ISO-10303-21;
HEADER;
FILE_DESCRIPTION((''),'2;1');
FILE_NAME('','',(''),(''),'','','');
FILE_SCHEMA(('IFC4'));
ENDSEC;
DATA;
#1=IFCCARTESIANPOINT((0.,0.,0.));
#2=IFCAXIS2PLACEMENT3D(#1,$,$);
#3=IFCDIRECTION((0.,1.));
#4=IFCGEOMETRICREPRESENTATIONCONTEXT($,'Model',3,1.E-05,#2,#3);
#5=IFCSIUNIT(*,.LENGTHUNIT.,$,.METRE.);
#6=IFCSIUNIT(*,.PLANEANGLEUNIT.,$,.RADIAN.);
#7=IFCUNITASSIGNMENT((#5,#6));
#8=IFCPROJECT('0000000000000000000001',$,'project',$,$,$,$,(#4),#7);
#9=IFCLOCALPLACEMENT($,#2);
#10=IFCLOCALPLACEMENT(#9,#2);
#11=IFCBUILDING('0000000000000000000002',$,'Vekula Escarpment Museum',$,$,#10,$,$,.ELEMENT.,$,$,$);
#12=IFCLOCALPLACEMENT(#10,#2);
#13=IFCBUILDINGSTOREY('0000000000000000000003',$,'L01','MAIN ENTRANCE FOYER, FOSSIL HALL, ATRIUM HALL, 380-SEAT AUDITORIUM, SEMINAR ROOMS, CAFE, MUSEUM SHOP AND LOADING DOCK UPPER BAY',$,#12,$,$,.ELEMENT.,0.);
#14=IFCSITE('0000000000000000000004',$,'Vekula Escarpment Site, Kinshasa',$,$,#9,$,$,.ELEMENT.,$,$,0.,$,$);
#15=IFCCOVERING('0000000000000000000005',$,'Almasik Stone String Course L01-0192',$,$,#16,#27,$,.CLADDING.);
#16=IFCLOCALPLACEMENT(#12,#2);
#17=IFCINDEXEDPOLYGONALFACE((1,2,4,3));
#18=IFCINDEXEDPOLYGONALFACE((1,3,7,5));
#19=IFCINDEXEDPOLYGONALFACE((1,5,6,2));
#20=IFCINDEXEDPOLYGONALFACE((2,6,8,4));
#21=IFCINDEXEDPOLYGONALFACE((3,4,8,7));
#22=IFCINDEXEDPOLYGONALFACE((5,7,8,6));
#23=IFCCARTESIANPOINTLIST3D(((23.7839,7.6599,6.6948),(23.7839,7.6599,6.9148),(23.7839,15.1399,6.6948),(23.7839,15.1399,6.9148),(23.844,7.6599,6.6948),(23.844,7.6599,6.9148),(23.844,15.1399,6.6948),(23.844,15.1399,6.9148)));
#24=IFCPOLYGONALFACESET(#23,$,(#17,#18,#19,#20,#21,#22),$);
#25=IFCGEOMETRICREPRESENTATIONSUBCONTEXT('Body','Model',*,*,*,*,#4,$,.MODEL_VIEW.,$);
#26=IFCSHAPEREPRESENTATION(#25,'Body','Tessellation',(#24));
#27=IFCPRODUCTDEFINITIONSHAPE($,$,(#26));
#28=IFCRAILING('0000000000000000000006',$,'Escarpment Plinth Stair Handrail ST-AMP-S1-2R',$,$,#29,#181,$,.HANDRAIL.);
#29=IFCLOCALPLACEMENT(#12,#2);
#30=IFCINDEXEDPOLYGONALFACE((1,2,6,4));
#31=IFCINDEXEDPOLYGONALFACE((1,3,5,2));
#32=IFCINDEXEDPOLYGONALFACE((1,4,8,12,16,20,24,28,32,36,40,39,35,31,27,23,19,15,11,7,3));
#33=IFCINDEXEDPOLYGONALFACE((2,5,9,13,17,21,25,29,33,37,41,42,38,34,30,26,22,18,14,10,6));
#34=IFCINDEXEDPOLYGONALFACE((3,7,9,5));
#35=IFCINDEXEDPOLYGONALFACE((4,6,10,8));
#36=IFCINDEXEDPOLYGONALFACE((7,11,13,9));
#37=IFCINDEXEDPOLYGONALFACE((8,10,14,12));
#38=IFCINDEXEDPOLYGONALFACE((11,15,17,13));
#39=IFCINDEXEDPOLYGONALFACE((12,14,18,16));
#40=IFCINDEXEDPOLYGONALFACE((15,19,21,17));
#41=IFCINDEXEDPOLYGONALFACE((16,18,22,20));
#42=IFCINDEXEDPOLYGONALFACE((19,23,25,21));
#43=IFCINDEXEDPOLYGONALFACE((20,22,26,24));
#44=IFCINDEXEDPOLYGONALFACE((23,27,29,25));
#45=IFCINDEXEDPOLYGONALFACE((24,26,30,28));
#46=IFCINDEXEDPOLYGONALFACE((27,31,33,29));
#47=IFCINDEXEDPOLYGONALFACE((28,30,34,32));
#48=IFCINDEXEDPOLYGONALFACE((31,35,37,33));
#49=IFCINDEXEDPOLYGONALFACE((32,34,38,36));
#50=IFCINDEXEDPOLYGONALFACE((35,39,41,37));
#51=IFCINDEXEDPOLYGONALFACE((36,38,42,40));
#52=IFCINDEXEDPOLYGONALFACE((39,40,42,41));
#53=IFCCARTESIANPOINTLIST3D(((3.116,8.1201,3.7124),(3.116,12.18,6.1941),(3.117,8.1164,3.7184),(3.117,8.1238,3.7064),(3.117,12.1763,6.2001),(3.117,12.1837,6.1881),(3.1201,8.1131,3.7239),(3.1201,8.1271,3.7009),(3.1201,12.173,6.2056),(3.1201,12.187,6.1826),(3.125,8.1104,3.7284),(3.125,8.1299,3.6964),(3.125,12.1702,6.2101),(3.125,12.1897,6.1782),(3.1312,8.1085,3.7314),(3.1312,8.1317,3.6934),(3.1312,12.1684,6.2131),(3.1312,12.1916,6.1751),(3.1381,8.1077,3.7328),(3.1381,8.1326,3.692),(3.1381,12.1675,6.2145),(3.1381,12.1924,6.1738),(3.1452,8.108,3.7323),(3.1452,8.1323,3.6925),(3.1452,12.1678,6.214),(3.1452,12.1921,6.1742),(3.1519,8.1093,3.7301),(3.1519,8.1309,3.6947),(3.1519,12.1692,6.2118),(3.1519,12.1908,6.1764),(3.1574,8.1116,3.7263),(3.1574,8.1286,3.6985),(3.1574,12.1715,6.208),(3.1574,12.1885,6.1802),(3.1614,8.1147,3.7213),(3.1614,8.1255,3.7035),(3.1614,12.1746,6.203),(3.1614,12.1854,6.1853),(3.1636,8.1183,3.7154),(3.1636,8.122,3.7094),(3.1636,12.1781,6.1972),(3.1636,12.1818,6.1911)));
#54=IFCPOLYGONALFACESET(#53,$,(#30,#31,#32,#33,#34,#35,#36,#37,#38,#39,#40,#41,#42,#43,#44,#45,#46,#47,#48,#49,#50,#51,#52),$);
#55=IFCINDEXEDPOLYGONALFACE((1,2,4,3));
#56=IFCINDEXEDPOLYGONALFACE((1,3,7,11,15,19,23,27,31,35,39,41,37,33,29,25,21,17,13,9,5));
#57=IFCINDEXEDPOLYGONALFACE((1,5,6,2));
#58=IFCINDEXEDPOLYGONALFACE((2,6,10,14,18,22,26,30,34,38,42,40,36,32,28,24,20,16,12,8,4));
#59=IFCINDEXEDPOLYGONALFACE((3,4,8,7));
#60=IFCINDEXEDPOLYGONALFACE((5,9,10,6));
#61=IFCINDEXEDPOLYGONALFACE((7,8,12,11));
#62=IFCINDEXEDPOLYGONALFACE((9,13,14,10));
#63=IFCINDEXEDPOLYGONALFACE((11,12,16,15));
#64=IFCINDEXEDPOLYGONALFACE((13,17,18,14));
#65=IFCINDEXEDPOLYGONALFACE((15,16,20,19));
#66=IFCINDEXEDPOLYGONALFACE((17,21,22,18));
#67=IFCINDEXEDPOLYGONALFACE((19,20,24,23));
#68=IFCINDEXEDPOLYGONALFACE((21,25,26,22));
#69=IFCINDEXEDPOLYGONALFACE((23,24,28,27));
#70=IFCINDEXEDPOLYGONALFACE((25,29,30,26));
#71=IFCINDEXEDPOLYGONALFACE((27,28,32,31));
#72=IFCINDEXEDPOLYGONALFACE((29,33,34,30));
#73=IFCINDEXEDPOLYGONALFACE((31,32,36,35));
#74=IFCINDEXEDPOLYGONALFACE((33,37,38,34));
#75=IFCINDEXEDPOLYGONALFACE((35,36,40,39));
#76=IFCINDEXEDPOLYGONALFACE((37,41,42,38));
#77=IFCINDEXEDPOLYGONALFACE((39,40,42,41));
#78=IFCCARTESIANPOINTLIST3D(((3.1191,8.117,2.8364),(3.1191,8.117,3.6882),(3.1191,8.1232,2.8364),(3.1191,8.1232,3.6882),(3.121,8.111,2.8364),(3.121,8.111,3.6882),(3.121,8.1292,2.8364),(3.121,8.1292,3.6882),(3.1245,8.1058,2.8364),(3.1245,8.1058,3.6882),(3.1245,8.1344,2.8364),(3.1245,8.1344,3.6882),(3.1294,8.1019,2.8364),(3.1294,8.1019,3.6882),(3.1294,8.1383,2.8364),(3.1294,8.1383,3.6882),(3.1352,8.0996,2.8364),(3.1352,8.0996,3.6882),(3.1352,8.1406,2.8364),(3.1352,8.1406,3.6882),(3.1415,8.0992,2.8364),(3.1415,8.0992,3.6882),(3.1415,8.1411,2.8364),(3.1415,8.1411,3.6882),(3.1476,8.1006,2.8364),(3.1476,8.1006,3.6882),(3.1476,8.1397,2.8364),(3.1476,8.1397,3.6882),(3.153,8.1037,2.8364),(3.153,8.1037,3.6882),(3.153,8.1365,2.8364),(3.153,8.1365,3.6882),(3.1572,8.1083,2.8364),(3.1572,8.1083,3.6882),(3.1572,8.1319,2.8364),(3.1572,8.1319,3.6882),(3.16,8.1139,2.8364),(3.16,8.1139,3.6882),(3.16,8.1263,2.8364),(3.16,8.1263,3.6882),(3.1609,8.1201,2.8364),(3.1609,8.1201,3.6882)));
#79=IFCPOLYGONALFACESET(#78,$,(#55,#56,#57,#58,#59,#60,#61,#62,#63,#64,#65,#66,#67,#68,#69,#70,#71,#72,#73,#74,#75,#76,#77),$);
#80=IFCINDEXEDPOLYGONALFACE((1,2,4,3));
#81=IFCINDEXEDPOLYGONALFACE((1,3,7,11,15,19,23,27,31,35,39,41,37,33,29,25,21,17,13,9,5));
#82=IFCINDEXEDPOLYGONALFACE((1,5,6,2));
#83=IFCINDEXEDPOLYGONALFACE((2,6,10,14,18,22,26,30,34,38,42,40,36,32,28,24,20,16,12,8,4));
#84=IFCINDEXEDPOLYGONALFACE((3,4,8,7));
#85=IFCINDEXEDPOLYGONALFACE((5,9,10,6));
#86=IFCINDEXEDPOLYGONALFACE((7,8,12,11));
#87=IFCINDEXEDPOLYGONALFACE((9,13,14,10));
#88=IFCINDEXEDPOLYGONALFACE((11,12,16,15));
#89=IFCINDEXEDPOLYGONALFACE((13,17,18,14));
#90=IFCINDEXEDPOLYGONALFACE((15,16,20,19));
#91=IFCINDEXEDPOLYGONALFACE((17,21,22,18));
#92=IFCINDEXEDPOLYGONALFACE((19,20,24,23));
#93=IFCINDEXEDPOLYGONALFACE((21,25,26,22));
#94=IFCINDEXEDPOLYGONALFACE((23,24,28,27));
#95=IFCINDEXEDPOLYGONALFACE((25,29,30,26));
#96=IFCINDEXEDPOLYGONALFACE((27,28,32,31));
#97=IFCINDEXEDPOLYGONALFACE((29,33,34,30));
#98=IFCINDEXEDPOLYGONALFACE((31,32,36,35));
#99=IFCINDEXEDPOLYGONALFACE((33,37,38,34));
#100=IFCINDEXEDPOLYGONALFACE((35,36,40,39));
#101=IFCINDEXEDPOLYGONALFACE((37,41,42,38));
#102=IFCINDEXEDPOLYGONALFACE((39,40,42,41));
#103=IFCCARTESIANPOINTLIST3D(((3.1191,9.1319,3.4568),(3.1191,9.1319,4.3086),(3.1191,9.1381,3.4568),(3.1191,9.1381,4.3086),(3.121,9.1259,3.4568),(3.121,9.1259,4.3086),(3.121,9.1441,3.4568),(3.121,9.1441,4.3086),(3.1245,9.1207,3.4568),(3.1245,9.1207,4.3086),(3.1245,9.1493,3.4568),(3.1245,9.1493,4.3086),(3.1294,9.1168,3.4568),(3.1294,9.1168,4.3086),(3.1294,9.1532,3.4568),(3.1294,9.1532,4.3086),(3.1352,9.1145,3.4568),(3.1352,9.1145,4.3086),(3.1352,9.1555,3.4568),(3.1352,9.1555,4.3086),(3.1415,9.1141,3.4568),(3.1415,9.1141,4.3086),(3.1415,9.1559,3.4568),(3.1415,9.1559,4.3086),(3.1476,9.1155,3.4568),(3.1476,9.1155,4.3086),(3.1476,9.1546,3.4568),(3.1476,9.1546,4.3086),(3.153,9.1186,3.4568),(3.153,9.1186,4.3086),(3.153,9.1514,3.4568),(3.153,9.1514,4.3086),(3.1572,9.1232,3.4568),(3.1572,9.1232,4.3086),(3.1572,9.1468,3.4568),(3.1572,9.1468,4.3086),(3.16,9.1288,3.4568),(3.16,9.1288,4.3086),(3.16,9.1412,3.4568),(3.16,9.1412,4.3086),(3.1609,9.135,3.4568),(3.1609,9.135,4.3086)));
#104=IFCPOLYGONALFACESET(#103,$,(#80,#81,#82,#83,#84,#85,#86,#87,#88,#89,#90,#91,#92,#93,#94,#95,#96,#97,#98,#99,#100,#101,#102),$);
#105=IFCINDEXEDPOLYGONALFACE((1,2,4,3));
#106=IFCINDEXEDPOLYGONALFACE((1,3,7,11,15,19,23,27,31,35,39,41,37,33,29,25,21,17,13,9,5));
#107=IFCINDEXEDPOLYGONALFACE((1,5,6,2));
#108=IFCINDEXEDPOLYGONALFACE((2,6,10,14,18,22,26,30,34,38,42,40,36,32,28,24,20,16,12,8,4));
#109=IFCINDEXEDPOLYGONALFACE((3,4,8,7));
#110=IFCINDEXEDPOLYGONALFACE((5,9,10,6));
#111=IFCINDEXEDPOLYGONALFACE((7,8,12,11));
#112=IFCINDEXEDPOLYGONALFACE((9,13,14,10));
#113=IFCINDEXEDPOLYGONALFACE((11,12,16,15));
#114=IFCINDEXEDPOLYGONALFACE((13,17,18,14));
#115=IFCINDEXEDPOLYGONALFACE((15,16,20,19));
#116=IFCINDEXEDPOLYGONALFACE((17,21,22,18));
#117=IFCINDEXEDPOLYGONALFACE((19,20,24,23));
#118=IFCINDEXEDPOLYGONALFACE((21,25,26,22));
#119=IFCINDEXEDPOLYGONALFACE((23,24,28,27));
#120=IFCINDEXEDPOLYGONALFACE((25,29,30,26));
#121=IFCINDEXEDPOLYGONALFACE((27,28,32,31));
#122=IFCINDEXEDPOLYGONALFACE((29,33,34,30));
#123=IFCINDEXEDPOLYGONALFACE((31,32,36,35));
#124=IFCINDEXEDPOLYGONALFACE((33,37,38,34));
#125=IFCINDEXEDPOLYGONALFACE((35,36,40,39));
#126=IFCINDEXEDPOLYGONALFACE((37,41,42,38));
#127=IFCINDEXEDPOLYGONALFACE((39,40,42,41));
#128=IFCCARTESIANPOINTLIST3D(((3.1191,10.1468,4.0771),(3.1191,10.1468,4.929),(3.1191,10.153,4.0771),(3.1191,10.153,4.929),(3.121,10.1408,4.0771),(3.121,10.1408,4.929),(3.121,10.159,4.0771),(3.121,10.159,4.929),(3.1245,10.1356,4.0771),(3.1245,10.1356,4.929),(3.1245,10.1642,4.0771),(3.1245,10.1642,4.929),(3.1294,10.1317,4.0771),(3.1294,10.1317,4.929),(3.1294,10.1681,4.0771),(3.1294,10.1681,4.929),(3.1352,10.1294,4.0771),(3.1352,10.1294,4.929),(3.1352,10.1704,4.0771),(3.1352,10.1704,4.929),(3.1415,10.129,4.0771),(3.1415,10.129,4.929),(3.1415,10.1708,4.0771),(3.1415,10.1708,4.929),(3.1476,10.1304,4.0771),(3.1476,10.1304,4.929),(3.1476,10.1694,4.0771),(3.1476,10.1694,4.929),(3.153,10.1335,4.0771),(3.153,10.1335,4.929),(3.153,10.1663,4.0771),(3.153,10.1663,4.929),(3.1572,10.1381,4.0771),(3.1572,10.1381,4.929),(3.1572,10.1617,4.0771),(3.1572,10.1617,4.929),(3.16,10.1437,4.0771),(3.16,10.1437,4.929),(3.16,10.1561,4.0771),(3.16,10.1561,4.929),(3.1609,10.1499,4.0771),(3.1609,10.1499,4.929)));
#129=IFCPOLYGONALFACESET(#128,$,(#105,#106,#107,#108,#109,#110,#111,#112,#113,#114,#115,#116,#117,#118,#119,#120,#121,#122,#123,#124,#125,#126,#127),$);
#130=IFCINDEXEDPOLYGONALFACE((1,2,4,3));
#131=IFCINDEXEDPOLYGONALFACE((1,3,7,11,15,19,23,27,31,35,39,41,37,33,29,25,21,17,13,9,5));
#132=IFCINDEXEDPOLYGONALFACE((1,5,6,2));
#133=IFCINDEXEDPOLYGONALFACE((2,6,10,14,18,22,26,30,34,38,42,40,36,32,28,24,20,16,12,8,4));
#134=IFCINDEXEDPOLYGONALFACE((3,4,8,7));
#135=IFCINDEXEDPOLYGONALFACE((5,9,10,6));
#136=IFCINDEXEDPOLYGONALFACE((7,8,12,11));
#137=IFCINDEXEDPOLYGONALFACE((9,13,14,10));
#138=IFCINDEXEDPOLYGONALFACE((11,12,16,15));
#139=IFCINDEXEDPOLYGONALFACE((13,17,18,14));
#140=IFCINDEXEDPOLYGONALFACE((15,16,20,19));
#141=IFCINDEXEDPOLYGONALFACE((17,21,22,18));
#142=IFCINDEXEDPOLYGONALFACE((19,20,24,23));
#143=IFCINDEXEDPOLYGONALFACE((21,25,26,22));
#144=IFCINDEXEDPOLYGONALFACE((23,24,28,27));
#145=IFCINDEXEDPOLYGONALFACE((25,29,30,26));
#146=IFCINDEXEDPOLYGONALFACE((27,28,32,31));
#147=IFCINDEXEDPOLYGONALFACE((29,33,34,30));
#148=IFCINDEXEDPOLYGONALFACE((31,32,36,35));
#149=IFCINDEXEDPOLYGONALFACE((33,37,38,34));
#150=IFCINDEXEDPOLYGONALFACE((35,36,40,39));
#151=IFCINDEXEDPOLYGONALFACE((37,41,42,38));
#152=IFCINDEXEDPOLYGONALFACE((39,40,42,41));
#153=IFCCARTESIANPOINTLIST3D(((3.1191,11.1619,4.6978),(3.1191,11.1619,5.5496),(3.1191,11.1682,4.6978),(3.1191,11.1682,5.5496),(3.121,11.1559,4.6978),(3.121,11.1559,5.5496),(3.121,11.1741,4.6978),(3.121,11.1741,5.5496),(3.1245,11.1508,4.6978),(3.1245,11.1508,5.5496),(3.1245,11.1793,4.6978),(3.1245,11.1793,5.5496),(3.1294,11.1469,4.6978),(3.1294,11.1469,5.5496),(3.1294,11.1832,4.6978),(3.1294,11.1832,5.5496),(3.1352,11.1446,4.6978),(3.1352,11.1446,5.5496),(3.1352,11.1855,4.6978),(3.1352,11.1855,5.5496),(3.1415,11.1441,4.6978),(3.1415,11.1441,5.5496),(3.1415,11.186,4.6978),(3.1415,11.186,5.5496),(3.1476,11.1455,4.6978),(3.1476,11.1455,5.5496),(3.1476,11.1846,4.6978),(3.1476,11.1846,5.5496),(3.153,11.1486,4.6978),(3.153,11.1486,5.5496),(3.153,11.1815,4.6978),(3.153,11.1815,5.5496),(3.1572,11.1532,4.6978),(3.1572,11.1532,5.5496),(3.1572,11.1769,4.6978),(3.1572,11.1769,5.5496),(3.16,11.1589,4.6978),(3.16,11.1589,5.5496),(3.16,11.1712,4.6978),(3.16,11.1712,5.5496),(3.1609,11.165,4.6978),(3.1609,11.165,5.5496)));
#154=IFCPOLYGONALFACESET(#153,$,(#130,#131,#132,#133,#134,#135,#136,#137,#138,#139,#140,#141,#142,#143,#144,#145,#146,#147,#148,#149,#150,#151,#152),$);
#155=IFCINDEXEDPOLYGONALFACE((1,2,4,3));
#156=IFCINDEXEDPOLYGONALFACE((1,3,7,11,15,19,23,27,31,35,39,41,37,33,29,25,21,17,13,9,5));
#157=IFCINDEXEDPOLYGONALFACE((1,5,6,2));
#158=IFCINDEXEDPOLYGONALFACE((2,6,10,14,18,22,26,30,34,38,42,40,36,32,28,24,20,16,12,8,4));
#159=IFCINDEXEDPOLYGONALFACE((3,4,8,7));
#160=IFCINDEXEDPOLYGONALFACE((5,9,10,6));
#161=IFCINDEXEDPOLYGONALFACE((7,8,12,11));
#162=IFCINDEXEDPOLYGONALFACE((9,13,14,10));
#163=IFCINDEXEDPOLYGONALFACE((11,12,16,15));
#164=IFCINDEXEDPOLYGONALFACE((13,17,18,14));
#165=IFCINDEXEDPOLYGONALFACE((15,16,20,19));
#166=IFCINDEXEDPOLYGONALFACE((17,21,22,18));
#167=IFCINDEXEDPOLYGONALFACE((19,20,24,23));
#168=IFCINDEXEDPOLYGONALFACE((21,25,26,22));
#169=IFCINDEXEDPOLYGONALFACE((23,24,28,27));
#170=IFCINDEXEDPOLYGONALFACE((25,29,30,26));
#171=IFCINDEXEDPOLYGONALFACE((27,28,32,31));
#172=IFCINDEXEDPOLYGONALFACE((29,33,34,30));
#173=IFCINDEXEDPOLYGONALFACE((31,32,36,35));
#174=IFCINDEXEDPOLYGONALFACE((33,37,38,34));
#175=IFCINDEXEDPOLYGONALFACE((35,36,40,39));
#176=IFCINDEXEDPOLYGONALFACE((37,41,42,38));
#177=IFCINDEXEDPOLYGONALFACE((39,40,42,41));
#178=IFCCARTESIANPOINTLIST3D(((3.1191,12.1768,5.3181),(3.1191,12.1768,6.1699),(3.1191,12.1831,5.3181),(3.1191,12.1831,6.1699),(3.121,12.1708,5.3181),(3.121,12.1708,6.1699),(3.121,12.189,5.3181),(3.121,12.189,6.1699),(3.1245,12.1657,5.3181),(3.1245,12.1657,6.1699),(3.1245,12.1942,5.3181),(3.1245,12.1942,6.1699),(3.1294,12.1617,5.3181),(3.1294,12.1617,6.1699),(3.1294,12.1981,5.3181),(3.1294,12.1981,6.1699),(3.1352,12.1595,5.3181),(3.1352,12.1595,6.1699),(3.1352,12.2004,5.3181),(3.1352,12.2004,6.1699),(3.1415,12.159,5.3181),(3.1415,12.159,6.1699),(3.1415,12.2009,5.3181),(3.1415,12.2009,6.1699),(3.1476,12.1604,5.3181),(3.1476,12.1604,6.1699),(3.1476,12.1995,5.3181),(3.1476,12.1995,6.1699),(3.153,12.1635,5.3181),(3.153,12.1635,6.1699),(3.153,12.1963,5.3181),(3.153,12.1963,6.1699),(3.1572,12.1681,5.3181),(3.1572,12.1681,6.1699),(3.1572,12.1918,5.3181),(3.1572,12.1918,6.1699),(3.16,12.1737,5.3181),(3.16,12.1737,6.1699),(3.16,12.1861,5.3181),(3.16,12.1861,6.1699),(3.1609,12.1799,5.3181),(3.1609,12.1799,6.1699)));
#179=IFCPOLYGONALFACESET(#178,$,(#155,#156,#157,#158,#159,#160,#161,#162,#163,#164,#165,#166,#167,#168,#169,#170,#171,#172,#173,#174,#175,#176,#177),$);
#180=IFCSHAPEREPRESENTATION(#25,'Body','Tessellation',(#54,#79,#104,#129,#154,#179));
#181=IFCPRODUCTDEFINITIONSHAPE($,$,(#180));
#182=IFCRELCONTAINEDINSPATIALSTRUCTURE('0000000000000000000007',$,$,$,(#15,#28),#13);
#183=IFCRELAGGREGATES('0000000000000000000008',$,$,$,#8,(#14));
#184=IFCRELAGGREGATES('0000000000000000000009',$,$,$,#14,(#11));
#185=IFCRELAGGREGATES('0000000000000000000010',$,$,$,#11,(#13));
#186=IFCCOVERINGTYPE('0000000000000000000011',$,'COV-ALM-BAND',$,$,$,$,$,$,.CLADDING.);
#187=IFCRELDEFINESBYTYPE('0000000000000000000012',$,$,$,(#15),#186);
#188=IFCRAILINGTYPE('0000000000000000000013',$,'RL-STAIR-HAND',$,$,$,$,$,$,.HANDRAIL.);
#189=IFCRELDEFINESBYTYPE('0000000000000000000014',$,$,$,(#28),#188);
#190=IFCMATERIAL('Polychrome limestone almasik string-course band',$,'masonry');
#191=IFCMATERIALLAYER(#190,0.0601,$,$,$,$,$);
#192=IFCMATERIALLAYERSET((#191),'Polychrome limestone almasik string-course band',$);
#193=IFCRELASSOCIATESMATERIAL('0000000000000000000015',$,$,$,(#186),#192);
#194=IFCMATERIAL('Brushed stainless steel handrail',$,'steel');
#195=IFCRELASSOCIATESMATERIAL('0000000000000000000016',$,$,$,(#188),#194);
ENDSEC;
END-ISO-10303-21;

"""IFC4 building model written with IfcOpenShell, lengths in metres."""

from ifc_helpers import new_model, si_unit, direction, frame, origin, origin_2d, place, context, subcontext, project, spatial, rectangle, circle, extrude, material, layer, layer_set, type_object, element, save


model = new_model("IFC4")

# Units and contexts
model_context = context("Model", 3, precision=1e-05, world=origin(), true_north=direction((0.0, 1.0)))
body_context = subcontext(model_context, "Body", "Model", "MODEL_VIEW")
ifc_project = project(units=[si_unit("LENGTHUNIT", "METRE"), si_unit("PLANEANGLEUNIT", "RADIAN")], contexts=[model_context])

# Site, building, storey
site_placement = place(None, origin())
site = spatial("IfcSite", under=ifc_project, at=site_placement, Name="Vekula Escarpment Site, Kinshasa", CompositionType="ELEMENT", RefElevation=0.0)
building_placement = place(site_placement, origin())
building = spatial("IfcBuilding", under=site, at=building_placement, Name="Vekula Escarpment Museum", CompositionType="ELEMENT")
storey_placement = place(building_placement, origin())
storey = spatial("IfcBuildingStorey", under=building, at=storey_placement, Name="L01", Description="MAIN ENTRANCE FOYER, FOSSIL HALL, ATRIUM HALL, 380-SEAT AUDITORIUM, SEMINAR ROOMS, CAFE, MUSEUM SHOP AND LOADING DOCK UPPER BAY", CompositionType="ELEMENT", Elevation=0.0)

# Covering
ifc_material_1 = material(Name="Polychrome limestone almasik string-course band", Category="masonry")
ifc_layer_1 = layer(ifc_material_1, 0.0601)
ifc_layer_set_1 = layer_set([ifc_layer_1], Name="Polychrome limestone almasik string-course band")
covering_type = type_object("IfcCoveringType", Name="COV-ALM-BAND", PredefinedType="CLADDING", material=ifc_layer_set_1)
for number, where, z_axis, x_axis, name in (
    (1, (23.814, 11.3999, 6.6948), (0.0, 0.0, 1.0), (0.0, 1.0, 0.0), "Almasik Stone String Course L01-0192"),
):
    element("IfcCovering", number, at=place(storey_placement, frame(where, z_axis=z_axis, x_axis=x_axis)), inside=storey, type_object=covering_type, Name=name, PredefinedType="CLADDING", context=body_context, shape_type="SweptSolid", body=[
        extrude(rectangle(XDim=7.48, YDim=0.0601, at=origin_2d()), origin(), (0.0, 0.0, 1.0), 0.22),
    ])

# Railing
ifc_material_2 = material(Name="Brushed stainless steel handrail", Category="steel")
railing_type = type_object("IfcRailingType", Name="RL-STAIR-HAND", PredefinedType="HANDRAIL", material=ifc_material_2)
railing_1_placement = place(storey_placement, frame((3.1399, 8.1201, 2.8364)))
element("IfcRailing", 2, at=railing_1_placement, inside=storey, type_object=railing_type, Name="Escarpment Plinth Stair Handrail ST-AMP-S1-2R", PredefinedType="HANDRAIL", context=body_context, shape_type="SweptSolid", body=[
    extrude(circle(Radius=0.0239, at=origin_2d()), frame((0.0, 0.0, 0.876), z_axis=(0.0, 0.853217, 0.521556), x_axis=(-1.0, 0.0, 0.0)), (0.0, 0.0, 1.0), 4.7583),
    extrude(circle(Radius=0.021, at=origin_2d()), origin(), (0.0, 0.0, 1.0), 0.8518),
    extrude(circle(Radius=0.021, at=origin_2d()), frame((0.0, 1.0149, 0.6204)), (0.0, 0.0, 1.0), 0.8518),
    extrude(circle(Radius=0.021, at=origin_2d()), frame((0.0, 2.0298, 1.2407)), (0.0, 0.0, 1.0), 0.8518),
    extrude(circle(Radius=0.021, at=origin_2d()), frame((0.0, 3.0449, 1.8613)), (0.0, 0.0, 1.0), 0.8518),
    extrude(circle(Radius=0.021, at=origin_2d()), frame((0.0, 4.0598, 2.4817)), (0.0, 0.0, 1.0), 0.8518),
])

save(model, "model.ifc")
